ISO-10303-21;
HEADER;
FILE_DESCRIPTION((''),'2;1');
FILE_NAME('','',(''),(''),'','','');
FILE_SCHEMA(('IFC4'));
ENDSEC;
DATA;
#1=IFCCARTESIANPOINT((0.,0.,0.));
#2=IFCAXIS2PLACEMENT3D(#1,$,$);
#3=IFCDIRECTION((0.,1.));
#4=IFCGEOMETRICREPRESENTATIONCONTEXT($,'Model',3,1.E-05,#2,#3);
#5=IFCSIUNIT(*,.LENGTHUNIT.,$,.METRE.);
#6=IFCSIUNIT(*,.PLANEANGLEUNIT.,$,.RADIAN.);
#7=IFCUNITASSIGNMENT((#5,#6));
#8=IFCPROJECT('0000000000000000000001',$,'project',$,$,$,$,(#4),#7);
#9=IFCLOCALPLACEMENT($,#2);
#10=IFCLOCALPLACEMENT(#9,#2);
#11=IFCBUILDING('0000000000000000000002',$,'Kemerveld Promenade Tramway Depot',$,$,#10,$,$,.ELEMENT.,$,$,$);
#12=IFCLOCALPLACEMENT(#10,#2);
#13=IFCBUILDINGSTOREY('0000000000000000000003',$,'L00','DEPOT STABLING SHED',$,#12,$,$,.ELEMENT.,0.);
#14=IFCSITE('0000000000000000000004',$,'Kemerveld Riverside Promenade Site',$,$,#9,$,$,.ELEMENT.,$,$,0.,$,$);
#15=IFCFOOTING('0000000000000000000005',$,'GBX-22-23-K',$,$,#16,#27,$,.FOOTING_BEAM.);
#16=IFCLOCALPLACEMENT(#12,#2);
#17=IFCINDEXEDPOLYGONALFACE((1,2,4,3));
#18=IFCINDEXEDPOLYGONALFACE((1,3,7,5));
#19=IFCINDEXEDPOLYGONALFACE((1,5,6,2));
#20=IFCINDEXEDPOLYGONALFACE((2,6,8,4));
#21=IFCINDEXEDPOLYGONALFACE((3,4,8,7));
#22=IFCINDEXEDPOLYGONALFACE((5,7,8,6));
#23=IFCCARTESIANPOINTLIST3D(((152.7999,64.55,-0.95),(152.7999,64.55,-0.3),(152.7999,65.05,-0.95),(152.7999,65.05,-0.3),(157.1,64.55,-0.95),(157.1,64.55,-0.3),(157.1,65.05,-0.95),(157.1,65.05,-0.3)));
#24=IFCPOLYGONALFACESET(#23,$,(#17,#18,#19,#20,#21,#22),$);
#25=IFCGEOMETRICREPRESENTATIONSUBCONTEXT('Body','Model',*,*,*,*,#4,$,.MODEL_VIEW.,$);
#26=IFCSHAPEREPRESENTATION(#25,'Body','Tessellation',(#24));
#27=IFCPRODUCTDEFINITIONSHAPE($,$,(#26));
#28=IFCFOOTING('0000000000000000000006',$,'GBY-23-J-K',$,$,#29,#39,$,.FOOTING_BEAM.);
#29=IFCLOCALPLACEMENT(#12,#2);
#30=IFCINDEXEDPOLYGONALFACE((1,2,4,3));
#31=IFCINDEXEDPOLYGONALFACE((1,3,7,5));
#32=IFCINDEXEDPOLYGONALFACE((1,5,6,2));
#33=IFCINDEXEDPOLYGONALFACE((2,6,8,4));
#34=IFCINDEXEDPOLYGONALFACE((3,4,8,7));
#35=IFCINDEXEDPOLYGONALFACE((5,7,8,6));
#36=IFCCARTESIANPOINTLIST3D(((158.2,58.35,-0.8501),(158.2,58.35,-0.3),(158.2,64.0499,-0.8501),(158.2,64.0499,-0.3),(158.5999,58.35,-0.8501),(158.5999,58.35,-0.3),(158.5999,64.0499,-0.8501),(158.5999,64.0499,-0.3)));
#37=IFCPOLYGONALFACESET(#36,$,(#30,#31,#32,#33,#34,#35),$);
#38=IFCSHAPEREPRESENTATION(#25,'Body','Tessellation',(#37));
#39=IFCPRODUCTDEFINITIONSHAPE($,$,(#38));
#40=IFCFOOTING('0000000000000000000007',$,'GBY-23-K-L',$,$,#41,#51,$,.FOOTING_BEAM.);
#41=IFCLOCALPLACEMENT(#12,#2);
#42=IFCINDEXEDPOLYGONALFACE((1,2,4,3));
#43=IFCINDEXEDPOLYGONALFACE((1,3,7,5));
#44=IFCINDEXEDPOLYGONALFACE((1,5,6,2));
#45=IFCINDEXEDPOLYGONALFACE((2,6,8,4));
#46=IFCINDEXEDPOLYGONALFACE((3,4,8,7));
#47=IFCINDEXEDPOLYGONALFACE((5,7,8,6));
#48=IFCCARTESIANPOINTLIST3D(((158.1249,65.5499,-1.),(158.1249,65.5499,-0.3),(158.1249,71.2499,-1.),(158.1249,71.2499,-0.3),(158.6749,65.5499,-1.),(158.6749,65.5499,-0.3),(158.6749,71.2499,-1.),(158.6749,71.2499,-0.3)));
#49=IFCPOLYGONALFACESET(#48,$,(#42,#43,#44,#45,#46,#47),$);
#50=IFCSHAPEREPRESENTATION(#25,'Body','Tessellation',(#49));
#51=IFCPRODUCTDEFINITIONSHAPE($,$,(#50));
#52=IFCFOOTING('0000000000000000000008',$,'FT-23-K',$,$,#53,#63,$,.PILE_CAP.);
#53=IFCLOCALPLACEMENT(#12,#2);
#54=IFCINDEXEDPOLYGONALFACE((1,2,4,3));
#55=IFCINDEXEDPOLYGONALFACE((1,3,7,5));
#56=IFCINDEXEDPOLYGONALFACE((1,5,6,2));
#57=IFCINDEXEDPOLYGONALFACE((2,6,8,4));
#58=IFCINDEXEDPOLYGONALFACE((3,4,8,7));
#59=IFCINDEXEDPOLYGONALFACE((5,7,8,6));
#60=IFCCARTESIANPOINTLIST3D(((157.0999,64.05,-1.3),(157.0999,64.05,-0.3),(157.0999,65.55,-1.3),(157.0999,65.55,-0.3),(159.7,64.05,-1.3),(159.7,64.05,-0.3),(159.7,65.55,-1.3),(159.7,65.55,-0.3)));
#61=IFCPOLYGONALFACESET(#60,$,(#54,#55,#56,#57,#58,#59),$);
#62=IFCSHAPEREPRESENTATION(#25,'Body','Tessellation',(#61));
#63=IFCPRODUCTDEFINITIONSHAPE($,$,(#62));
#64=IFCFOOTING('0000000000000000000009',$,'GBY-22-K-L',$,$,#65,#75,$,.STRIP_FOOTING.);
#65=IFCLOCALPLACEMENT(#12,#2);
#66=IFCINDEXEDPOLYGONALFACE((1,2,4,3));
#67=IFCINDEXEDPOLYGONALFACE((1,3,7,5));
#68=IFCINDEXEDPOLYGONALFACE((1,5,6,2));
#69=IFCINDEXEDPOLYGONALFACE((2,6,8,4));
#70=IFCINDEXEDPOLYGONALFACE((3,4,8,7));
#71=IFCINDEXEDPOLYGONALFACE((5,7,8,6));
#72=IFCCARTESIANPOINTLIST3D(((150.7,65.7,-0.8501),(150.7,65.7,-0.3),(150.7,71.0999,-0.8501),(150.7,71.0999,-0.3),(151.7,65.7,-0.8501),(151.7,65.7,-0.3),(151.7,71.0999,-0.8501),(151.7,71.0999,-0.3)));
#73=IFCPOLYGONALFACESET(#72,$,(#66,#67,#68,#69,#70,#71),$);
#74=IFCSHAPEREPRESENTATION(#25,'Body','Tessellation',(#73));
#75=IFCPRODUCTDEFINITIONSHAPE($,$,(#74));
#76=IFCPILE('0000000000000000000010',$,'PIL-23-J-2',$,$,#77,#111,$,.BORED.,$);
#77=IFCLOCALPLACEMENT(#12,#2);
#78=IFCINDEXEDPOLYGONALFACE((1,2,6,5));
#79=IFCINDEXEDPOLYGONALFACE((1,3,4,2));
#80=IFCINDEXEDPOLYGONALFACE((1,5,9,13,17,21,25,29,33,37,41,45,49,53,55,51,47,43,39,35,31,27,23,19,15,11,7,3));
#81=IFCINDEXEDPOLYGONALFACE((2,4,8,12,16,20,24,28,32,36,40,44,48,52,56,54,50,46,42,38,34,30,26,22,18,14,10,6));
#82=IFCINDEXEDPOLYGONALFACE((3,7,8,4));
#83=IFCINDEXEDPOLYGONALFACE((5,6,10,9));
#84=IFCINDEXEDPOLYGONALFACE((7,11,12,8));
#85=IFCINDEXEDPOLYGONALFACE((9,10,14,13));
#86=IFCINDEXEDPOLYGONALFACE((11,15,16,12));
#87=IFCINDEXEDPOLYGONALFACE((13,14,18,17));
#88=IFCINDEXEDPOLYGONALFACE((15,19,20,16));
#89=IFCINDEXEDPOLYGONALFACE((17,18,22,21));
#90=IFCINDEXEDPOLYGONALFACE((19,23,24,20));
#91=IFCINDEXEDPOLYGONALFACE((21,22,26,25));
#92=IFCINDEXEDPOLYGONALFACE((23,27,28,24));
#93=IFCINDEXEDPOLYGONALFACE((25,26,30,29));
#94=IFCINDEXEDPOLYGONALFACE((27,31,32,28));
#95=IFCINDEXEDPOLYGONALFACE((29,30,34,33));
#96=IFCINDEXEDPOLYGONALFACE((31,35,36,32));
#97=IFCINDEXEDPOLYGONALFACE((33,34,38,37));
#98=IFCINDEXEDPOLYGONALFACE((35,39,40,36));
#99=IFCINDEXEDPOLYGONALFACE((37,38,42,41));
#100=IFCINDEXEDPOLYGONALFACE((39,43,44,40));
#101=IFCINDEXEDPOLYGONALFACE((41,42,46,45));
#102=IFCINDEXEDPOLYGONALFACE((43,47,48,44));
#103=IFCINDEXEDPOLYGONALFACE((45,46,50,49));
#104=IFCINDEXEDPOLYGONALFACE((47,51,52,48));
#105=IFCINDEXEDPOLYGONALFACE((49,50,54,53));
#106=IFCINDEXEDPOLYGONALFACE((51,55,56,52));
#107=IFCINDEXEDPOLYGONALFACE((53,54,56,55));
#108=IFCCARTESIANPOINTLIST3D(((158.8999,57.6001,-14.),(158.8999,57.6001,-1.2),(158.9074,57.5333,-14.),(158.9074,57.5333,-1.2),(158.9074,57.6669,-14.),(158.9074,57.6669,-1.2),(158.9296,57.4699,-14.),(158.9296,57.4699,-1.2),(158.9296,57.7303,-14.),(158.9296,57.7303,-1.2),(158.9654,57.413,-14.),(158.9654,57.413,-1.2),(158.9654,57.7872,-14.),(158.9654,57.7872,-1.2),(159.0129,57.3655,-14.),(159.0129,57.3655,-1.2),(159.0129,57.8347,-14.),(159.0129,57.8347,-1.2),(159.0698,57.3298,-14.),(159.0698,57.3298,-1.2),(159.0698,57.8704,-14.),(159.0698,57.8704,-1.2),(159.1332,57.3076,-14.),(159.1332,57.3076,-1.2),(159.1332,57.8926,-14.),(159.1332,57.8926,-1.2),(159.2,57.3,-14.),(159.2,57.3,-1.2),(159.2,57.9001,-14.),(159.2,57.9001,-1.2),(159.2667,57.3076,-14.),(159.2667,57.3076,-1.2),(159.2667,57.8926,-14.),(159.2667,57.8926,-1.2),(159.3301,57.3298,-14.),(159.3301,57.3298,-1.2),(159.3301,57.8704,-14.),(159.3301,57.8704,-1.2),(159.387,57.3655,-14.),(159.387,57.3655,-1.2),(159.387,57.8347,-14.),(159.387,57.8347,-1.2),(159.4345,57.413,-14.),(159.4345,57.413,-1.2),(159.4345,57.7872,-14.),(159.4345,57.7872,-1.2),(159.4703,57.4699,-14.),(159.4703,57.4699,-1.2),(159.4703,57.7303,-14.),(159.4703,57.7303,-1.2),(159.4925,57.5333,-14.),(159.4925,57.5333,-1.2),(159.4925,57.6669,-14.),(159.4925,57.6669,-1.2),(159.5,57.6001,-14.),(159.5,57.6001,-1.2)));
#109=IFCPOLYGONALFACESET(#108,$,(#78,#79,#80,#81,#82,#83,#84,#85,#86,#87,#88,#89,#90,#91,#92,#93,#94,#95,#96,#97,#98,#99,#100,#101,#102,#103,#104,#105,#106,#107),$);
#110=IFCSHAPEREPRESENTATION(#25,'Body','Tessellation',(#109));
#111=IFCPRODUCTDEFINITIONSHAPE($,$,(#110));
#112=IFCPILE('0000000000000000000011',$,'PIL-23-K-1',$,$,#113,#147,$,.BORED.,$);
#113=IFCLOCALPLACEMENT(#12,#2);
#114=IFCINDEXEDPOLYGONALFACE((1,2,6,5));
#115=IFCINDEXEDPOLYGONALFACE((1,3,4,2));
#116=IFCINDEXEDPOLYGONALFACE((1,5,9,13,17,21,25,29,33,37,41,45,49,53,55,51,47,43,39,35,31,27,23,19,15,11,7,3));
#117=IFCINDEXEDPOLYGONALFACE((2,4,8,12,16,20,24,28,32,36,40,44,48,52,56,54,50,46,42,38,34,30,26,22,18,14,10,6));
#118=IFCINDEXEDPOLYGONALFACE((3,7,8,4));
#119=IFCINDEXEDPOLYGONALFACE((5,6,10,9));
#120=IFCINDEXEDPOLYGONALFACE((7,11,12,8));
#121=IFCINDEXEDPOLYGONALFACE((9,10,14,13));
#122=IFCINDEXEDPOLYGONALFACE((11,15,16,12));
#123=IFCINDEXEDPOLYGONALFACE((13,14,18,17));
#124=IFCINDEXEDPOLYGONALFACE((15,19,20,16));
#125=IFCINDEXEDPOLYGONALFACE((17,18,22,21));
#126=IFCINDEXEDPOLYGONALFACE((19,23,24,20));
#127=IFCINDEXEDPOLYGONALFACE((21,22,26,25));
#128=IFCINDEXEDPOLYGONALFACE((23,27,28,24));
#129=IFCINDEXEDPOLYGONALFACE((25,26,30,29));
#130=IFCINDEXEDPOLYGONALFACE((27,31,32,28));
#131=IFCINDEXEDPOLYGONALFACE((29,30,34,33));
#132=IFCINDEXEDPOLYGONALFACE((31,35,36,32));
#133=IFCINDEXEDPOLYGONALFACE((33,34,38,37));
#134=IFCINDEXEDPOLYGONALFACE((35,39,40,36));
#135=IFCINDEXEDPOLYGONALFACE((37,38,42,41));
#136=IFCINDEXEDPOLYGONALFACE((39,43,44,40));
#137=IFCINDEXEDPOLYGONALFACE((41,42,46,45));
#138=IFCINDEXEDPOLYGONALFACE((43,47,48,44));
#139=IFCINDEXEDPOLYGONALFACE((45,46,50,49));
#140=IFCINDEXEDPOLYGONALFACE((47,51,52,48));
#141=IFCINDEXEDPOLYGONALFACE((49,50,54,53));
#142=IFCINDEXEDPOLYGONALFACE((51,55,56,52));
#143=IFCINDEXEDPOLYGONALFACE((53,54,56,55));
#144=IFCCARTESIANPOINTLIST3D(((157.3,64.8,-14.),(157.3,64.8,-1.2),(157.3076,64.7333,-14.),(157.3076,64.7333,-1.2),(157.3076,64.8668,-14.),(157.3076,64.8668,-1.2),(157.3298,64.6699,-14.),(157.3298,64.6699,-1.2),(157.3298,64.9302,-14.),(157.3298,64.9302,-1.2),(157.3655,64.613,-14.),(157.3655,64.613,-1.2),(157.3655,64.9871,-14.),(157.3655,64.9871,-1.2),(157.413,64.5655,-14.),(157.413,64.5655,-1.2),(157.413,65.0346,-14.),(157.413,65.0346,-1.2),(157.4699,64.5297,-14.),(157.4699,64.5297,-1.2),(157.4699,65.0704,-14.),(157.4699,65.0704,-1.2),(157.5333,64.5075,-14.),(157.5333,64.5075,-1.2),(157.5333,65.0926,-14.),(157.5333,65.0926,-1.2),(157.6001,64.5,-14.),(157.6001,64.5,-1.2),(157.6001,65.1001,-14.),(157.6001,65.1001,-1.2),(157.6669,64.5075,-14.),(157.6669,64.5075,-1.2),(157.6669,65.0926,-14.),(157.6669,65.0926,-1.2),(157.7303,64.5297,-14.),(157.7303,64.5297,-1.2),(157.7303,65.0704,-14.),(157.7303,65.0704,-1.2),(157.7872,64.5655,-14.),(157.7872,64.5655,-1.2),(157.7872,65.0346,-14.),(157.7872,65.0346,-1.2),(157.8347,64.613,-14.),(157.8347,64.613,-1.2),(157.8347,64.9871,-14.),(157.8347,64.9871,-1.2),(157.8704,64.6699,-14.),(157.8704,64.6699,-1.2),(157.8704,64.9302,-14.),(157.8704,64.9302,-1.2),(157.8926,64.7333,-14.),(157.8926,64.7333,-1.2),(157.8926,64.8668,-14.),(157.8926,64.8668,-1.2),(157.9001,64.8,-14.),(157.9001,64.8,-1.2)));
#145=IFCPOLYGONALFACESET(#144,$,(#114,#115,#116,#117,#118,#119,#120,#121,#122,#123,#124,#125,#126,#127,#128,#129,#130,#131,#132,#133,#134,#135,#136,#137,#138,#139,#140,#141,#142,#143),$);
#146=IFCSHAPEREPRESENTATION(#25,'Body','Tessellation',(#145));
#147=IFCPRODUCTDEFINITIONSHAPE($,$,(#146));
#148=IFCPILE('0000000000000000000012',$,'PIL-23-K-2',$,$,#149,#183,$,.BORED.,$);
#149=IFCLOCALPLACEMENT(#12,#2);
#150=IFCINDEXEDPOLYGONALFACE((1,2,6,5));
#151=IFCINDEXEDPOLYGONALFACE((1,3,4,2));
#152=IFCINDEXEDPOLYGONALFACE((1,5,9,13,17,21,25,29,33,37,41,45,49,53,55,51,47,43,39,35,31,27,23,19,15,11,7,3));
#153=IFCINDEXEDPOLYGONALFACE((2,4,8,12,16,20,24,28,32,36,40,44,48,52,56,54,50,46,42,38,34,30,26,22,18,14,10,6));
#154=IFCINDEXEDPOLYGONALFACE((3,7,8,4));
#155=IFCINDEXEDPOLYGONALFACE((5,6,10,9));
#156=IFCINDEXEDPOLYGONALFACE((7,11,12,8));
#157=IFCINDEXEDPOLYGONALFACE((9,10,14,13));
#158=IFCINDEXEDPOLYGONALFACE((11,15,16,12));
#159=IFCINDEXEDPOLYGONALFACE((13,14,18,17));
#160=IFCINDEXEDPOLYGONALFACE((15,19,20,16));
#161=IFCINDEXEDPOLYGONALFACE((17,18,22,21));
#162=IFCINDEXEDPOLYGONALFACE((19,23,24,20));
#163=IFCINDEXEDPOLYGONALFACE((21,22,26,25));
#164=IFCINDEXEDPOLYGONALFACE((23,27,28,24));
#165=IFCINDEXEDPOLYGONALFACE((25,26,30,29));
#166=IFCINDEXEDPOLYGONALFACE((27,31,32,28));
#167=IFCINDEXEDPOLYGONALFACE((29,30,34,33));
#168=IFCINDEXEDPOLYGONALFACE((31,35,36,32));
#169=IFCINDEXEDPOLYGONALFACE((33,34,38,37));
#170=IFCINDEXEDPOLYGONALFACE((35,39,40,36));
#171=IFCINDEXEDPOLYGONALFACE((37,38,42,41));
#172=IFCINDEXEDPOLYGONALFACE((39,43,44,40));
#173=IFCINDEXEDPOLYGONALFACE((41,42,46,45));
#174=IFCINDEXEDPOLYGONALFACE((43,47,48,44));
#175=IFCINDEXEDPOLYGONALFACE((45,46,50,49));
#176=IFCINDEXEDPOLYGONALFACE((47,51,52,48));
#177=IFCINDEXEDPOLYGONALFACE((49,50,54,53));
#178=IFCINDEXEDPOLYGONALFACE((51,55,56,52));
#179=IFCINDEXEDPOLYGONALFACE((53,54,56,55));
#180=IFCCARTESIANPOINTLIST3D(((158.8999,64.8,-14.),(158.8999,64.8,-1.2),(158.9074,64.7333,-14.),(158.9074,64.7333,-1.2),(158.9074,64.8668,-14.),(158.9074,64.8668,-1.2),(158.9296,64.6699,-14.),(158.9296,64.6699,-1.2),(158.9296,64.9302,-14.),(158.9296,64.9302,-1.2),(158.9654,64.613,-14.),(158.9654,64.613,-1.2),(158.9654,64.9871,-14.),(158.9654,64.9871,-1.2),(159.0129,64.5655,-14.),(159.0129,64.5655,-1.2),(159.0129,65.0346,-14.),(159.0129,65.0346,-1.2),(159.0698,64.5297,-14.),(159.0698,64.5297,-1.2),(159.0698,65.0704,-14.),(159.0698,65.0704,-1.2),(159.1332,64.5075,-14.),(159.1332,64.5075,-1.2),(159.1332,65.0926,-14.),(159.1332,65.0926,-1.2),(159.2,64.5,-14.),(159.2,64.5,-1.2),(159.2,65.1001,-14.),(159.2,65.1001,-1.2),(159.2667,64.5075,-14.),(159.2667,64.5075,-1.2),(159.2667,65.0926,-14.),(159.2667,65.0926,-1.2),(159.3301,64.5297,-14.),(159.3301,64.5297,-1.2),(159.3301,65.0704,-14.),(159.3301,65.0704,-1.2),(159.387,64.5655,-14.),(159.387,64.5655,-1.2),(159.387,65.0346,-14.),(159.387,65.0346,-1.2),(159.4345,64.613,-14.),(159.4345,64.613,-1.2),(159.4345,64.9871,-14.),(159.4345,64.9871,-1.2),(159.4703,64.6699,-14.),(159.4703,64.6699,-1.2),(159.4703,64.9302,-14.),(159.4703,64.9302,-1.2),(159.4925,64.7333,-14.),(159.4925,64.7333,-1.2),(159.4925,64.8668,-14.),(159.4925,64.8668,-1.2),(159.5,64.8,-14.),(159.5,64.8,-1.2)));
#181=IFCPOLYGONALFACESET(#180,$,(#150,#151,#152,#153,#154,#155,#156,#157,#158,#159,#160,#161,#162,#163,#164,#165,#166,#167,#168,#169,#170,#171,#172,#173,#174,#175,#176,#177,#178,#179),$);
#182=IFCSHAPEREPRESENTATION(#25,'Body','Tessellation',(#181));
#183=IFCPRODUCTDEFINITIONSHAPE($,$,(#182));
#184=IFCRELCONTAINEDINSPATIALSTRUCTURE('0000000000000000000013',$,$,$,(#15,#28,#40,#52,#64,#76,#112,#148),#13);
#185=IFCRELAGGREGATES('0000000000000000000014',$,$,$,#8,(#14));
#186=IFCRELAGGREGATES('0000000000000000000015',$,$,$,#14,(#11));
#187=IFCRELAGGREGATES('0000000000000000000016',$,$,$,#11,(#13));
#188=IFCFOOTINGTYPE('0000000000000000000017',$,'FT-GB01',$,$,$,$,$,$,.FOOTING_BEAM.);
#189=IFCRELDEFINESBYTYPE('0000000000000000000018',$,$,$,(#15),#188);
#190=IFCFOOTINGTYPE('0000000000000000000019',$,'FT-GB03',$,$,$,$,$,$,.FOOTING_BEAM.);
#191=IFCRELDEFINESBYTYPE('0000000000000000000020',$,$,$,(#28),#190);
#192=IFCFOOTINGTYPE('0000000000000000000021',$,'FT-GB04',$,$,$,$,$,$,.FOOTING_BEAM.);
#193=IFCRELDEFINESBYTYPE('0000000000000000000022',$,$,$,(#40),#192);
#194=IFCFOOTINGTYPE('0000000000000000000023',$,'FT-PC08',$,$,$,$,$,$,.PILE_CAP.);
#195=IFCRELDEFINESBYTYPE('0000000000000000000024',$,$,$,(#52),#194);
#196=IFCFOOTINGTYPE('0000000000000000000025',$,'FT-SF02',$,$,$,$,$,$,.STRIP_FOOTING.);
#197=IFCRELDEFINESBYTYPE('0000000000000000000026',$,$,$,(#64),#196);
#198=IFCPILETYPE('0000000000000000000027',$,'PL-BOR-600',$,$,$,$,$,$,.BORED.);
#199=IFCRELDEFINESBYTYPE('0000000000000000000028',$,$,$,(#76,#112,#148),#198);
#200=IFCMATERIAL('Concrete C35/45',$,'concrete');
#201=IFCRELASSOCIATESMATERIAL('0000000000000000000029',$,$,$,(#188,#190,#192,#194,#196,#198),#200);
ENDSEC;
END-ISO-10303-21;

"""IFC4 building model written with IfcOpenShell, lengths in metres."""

from ifc_helpers import new_model, si_unit, direction, frame, origin, origin_2d, place, context, subcontext, project, spatial, rectangle, circle, extrude, material, material_profile, profile_set, type_object, element, save


model = new_model("IFC4")

# Units and contexts
model_context = context("Model", 3, precision=1e-05, world=origin(), true_north=direction((0.0, 1.0)))
body_context = subcontext(model_context, "Body", "Model", "MODEL_VIEW")
ifc_project = project(units=[si_unit("LENGTHUNIT", "METRE"), si_unit("PLANEANGLEUNIT", "RADIAN")], contexts=[model_context])

# Site, building, storey
site_placement = place(None, origin())
site = spatial("IfcSite", under=ifc_project, at=site_placement, Name="Kemerveld Riverside Promenade Site", CompositionType="ELEMENT", RefElevation=0.0)
building_placement = place(site_placement, origin())
building = spatial("IfcBuilding", under=site, at=building_placement, Name="Kemerveld Promenade Tramway Depot", CompositionType="ELEMENT")
storey_placement = place(building_placement, origin())
storey = spatial("IfcBuildingStorey", under=building, at=storey_placement, Name="L00", Description="DEPOT STABLING SHED", CompositionType="ELEMENT", Elevation=0.0)

# Footings
ifc_material_1 = material(Name="Concrete C35/45", Category="concrete")
footing_type_1 = type_object("IfcFootingType", Name="FT-GB01", PredefinedType="FOOTING_BEAM", material=ifc_material_1)
footing_1_placement = place(storey_placement, frame((154.95, 64.8, -0.95), z_axis=(0.0, 0.0, 1.0), x_axis=(1.0, 0.0, 0.0)))
element("IfcFooting", 1, at=footing_1_placement, inside=storey, type_object=footing_type_1, Name="GBX-22-23-K", PredefinedType="FOOTING_BEAM", context=body_context, shape_type="SweptSolid", body=[
    extrude(rectangle(XDim=4.3, YDim=0.5, at=origin_2d()), origin(), (0.0, 0.0, 1.0), 0.6499),
])
footing_type_2 = type_object("IfcFootingType", Name="FT-GB03", PredefinedType="FOOTING_BEAM", material=ifc_material_1)
footing_2_placement = place(storey_placement, frame((158.3999, 61.2, -0.8501), z_axis=(0.0, 0.0, 1.0), x_axis=(0.0, 1.0, 0.0)))
element("IfcFooting", 2, at=footing_2_placement, inside=storey, type_object=footing_type_2, Name="GBY-23-J-K", PredefinedType="FOOTING_BEAM", context=body_context, shape_type="SweptSolid", body=[
    extrude(rectangle(XDim=5.7, YDim=0.3999, at=origin_2d()), origin(), (0.0, 0.0, 1.0), 0.55),
])
footing_type_3 = type_object("IfcFootingType", Name="FT-GB04", PredefinedType="FOOTING_BEAM", material=ifc_material_1)
footing_3_placement = place(storey_placement, frame((158.3999, 68.3999, -1.0), z_axis=(0.0, 0.0, 1.0), x_axis=(0.0, 1.0, 0.0)))
element("IfcFooting", 3, at=footing_3_placement, inside=storey, type_object=footing_type_3, Name="GBY-23-K-L", PredefinedType="FOOTING_BEAM", context=body_context, shape_type="SweptSolid", body=[
    extrude(rectangle(XDim=5.7, YDim=0.55, at=origin_2d()), origin(), (0.0, 0.0, 1.0), 0.7),
])
footing_type_4 = type_object("IfcFootingType", Name="FT-PC08", PredefinedType="PILE_CAP", material=ifc_material_1)
footing_4_placement = place(storey_placement, frame((158.3999, 64.8, -1.3), z_axis=(0.0, 0.0, 1.0), x_axis=(1.0, 0.0, 0.0)))
element("IfcFooting", 4, at=footing_4_placement, inside=storey, type_object=footing_type_4, Name="FT-23-K", PredefinedType="PILE_CAP", context=body_context, shape_type="SweptSolid", body=[
    extrude(rectangle(XDim=2.6001, YDim=1.5, at=origin_2d()), origin(), (0.0, 0.0, 1.0), 1.0),
])
footing_type_5 = type_object("IfcFootingType", Name="FT-SF02", PredefinedType="STRIP_FOOTING", material=ifc_material_1)
footing_5_placement = place(storey_placement, frame((151.2, 68.3999, -0.8501), z_axis=(0.0, 0.0, 1.0), x_axis=(0.0, 1.0, 0.0)))
element("IfcFooting", 5, at=footing_5_placement, inside=storey, type_object=footing_type_5, Name="GBY-22-K-L", PredefinedType="STRIP_FOOTING", context=body_context, shape_type="SweptSolid", body=[
    extrude(rectangle(XDim=5.3999, YDim=1.0, at=origin_2d()), origin(), (0.0, 0.0, 1.0), 0.55),
])

# Piles
ifc_material_profile_1 = material_profile(ifc_material_1, circle(Radius=0.3, at=origin_2d()), Name="PILE-D600")
ifc_profile_set_1 = profile_set([ifc_material_profile_1], Name="Concrete C35/45")
pile_type_1 = type_object("IfcPileType", Name="PL-BOR-600", PredefinedType="BORED", material=ifc_profile_set_1)
for number, where, z_axis, x_axis, name in (
    (6, (159.2, 57.6001, -1.2), (0.0, 0.0, -1.0), (1.0, 0.0, 0.0), "PIL-23-J-2"),
    (7, (157.6001, 64.8, -1.2), (0.0, 0.0, -1.0), (1.0, 0.0, 0.0), "PIL-23-K-1"),
    (8, (159.2, 64.8, -1.2), (0.0, 0.0, -1.0), (1.0, 0.0, 0.0), "PIL-23-K-2"),
):
    element("IfcPile", number, at=place(storey_placement, frame(where, z_axis=z_axis, x_axis=x_axis)), inside=storey, type_object=pile_type_1, Name=name, PredefinedType="BORED", context=body_context, shape_type="SweptSolid", body=[
        extrude(circle(Radius=0.3, at=origin_2d()), origin(), (0.0, 0.0, 1.0), 12.8),
    ])

save(model, "model.ifc")
